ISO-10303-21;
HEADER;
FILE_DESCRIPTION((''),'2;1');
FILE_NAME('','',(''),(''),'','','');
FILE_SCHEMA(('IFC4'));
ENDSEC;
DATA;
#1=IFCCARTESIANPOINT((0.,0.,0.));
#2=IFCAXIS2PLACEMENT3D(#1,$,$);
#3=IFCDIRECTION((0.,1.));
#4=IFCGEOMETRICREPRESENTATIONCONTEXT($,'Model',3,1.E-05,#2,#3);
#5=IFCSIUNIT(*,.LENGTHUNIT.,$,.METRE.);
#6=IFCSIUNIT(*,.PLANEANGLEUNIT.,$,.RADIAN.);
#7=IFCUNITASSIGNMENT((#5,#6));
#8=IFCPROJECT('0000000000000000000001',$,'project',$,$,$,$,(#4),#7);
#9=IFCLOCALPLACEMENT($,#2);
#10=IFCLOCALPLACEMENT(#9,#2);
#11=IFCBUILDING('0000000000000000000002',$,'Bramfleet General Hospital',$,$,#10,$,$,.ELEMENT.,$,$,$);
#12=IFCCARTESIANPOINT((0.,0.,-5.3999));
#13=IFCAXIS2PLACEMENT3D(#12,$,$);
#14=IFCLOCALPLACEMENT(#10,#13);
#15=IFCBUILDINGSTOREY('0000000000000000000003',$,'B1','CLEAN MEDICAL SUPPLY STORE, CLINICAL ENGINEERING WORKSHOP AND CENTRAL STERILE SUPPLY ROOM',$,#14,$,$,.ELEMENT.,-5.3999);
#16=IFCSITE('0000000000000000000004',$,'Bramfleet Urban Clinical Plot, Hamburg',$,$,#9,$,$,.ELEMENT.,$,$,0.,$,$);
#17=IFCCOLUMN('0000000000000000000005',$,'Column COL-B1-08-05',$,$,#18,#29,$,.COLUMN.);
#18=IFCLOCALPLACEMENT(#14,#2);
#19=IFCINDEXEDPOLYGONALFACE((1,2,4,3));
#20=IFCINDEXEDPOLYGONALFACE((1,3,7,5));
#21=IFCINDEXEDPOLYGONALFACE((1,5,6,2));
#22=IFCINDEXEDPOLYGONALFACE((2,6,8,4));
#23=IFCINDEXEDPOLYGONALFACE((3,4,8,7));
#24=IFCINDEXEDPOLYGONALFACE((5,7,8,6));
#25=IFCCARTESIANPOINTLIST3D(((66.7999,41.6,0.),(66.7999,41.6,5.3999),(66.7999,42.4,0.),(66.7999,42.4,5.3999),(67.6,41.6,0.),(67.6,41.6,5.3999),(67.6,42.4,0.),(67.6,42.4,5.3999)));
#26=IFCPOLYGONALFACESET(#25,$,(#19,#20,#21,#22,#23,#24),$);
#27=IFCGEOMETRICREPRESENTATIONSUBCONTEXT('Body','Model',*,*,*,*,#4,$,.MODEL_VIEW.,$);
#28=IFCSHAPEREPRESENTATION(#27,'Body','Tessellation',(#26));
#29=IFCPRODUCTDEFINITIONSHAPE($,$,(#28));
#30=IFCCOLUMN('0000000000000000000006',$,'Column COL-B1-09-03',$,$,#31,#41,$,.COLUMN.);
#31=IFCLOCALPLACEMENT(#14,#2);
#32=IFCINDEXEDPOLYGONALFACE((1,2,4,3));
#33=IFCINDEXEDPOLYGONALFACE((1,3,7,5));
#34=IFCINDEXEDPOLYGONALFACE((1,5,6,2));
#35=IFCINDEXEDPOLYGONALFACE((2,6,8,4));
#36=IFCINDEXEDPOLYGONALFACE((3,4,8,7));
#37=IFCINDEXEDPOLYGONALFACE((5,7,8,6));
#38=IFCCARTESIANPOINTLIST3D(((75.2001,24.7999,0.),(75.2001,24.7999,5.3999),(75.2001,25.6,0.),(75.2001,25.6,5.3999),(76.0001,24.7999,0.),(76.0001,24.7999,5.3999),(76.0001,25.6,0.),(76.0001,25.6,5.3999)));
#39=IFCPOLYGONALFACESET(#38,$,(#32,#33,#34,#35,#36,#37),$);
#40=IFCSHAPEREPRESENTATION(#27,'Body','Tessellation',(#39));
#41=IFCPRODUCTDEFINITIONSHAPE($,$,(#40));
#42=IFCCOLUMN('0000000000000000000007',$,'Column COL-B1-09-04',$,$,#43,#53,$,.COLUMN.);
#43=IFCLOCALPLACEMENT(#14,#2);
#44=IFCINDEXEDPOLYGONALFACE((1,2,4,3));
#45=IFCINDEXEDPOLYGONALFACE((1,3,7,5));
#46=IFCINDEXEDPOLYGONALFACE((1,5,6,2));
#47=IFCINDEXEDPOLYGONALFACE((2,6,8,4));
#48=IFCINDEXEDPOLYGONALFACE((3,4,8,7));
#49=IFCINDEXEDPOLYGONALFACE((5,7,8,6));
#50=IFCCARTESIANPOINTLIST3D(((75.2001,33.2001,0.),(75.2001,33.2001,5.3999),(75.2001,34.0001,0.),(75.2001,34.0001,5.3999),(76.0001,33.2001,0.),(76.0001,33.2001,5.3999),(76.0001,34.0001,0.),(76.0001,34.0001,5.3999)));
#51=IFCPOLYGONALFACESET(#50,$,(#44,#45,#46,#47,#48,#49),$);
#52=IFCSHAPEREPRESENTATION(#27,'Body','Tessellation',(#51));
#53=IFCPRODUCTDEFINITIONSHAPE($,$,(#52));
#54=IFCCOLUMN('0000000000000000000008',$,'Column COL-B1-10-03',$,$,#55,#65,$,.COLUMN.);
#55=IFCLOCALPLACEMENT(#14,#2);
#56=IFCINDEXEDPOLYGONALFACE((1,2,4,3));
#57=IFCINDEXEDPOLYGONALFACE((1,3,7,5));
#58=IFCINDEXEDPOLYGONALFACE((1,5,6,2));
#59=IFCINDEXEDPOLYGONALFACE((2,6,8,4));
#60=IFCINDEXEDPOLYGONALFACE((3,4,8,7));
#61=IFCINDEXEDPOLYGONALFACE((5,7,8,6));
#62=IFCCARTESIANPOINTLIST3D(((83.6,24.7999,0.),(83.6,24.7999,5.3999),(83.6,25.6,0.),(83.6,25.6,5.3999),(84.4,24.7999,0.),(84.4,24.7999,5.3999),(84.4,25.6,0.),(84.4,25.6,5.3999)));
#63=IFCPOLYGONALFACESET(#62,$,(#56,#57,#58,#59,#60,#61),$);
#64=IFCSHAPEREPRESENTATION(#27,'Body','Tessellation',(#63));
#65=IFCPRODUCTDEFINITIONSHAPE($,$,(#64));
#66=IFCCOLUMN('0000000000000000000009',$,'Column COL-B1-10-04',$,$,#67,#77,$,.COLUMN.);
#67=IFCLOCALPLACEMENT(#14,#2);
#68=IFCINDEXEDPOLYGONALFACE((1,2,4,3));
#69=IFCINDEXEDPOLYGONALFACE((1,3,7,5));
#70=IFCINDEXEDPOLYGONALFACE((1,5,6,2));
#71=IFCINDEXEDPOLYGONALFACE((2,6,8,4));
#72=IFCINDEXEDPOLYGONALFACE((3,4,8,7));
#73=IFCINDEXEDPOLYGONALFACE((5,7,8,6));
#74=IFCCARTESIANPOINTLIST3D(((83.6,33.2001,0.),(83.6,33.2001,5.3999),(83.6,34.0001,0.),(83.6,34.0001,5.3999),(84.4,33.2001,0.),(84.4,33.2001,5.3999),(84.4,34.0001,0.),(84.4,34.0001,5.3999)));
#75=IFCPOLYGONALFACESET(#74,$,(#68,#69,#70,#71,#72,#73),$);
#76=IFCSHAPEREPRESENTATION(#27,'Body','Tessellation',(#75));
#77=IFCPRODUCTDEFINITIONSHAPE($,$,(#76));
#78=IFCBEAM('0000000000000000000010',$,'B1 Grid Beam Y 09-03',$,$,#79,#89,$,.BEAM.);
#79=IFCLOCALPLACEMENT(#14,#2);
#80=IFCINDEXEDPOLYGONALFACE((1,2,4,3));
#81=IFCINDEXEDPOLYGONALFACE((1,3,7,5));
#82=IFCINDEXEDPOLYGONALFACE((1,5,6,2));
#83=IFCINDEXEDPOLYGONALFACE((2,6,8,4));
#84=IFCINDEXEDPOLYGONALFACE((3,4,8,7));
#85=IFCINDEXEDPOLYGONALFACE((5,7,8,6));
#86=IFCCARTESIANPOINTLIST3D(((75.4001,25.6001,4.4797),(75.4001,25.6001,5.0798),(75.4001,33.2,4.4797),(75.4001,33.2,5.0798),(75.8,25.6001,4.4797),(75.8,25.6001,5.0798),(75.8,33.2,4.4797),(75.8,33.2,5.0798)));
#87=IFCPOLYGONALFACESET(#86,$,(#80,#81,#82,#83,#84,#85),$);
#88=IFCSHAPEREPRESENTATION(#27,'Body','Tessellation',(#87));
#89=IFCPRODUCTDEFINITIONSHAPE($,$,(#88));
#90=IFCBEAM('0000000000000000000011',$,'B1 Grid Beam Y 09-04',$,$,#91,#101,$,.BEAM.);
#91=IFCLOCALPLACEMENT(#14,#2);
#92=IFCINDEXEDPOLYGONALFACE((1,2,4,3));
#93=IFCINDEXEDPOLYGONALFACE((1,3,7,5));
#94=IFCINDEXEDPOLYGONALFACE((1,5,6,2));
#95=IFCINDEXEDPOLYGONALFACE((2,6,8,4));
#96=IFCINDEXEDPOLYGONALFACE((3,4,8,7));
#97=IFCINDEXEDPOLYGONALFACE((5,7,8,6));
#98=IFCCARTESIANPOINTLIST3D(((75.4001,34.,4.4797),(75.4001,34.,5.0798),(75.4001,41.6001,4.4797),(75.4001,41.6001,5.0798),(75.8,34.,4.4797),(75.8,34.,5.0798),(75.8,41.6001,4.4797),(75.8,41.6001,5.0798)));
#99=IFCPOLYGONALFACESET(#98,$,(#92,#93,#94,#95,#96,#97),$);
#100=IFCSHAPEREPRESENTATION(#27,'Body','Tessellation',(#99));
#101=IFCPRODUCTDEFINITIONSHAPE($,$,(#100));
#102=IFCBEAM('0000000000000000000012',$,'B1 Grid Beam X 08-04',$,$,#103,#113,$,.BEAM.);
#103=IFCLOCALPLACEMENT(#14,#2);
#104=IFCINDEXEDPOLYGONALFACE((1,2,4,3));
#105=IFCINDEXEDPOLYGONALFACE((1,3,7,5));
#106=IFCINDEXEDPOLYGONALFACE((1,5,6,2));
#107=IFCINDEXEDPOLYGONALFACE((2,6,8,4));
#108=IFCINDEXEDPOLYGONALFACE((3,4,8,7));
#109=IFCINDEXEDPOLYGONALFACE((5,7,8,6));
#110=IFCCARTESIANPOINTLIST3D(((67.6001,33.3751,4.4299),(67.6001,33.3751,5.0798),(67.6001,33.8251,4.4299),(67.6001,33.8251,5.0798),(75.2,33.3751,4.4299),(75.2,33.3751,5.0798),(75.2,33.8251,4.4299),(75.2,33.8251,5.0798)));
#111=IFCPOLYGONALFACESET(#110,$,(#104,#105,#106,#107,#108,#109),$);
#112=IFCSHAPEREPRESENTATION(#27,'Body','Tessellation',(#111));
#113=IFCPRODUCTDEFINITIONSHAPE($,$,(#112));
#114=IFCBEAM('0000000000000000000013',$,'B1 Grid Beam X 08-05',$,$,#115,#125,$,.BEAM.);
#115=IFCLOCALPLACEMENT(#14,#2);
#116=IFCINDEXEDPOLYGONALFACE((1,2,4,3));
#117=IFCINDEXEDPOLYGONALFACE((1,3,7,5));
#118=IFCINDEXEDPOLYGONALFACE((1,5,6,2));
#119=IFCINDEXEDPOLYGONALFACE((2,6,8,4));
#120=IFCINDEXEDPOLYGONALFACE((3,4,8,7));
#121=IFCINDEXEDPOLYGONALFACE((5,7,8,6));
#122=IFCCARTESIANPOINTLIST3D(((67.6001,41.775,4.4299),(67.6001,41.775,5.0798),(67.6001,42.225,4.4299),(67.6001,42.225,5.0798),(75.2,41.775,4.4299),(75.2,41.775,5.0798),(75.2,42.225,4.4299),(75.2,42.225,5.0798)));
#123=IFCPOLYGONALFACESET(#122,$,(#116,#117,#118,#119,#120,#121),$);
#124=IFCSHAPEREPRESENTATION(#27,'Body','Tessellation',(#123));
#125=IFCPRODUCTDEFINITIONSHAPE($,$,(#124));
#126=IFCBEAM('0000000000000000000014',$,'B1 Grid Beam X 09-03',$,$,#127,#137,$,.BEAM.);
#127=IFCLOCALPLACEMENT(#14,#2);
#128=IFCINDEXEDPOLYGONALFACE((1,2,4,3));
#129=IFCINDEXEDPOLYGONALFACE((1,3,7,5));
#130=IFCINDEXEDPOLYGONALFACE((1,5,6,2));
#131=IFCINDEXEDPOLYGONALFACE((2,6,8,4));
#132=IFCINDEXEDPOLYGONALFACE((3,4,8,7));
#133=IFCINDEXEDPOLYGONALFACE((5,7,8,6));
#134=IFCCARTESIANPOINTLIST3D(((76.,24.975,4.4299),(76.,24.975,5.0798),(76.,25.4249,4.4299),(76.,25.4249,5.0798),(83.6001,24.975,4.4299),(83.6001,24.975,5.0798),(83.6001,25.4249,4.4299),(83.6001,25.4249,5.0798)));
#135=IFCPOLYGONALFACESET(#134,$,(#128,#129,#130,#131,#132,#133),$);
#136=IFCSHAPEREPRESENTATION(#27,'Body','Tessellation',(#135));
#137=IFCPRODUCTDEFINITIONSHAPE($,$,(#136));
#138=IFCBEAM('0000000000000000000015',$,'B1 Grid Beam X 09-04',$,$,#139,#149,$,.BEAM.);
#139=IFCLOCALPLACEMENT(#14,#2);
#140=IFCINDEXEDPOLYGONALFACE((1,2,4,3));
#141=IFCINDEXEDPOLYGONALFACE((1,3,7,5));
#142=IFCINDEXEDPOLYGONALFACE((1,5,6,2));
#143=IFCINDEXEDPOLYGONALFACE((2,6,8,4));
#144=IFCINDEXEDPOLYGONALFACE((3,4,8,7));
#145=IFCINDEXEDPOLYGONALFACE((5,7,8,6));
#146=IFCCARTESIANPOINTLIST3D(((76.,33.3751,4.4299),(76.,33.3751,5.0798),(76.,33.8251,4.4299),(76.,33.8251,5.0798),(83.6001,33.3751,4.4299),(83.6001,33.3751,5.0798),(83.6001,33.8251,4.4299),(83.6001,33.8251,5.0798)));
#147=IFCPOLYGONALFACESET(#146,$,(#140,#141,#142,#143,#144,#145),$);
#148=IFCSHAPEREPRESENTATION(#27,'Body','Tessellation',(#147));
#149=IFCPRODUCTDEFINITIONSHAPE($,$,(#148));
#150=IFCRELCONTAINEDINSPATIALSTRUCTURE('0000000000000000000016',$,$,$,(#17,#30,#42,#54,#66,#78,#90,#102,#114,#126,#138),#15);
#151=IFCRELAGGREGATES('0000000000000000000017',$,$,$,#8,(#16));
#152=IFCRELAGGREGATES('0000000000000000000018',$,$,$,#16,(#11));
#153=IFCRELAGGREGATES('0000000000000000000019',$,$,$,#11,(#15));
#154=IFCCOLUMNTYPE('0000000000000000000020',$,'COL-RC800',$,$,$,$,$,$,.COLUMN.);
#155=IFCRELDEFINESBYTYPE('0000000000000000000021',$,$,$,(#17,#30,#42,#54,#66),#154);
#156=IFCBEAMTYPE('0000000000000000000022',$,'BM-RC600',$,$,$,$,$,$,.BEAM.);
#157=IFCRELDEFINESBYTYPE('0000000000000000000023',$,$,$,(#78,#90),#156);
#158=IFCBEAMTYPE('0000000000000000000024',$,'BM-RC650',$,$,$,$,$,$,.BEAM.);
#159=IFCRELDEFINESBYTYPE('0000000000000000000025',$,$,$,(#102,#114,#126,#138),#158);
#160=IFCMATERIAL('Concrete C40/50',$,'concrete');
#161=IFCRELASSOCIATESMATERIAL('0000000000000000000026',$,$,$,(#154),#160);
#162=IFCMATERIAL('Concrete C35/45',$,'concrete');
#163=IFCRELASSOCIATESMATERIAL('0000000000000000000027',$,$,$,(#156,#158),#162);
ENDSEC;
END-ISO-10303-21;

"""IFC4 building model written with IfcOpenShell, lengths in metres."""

from ifc_helpers import new_model, si_unit, direction, frame, origin, origin_2d, place, context, subcontext, project, spatial, rectangle, extrude, material, material_profile, profile_set, type_object, element, save


model = new_model("IFC4")

# Units and contexts
model_context = context("Model", 3, precision=1e-05, world=origin(), true_north=direction((0.0, 1.0)))
body_context = subcontext(model_context, "Body", "Model", "MODEL_VIEW")
ifc_project = project(units=[si_unit("LENGTHUNIT", "METRE"), si_unit("PLANEANGLEUNIT", "RADIAN")], contexts=[model_context])

# Site, building, storey
site_placement = place(None, origin())
site = spatial("IfcSite", under=ifc_project, at=site_placement, Name="Bramfleet Urban Clinical Plot, Hamburg", CompositionType="ELEMENT", RefElevation=0.0)
building_placement = place(site_placement, origin())
building = spatial("IfcBuilding", under=site, at=building_placement, Name="Bramfleet General Hospital", CompositionType="ELEMENT")
storey_placement = place(building_placement, frame((0.0, 0.0, -5.3999)))
storey = spatial("IfcBuildingStorey", under=building, at=storey_placement, Name="B1", Description="CLEAN MEDICAL SUPPLY STORE, CLINICAL ENGINEERING WORKSHOP AND CENTRAL STERILE SUPPLY ROOM", CompositionType="ELEMENT", Elevation=-5.3999)

# Shared definitions
ifc_material_1 = material(Name="Concrete C35/45", Category="concrete")

# Columns
ifc_material_2 = material(Name="Concrete C40/50", Category="concrete")
ifc_material_profile_1 = material_profile(ifc_material_2, rectangle(XDim=0.8, YDim=0.8, at=origin_2d()), Name="RC COL 800x800")
ifc_profile_set_1 = profile_set([ifc_material_profile_1], Name="Concrete C40/50")
column_type = type_object("IfcColumnType", Name="COL-RC800", PredefinedType="COLUMN", material=ifc_profile_set_1)
for number, where, z_axis, x_axis, name in (
    (1, (67.2, 42.0, 0.0), (0.0, 0.0, 1.0), (1.0, 0.0, 0.0), "Column COL-B1-08-05"),
    (2, (75.6001, 25.2, 0.0), (0.0, 0.0, 1.0), (1.0, 0.0, 0.0), "Column COL-B1-09-03"),
    (3, (75.6001, 33.6001, 0.0), (0.0, 0.0, 1.0), (1.0, 0.0, 0.0), "Column COL-B1-09-04"),
    (4, (84.0, 25.2, 0.0), (0.0, 0.0, 1.0), (1.0, 0.0, 0.0), "Column COL-B1-10-03"),
    (5, (84.0, 33.6001, 0.0), (0.0, 0.0, 1.0), (1.0, 0.0, 0.0), "Column COL-B1-10-04"),
):
    element("IfcColumn", number, at=place(storey_placement, frame(where, z_axis=z_axis, x_axis=x_axis)), inside=storey, type_object=column_type, Name=name, PredefinedType="COLUMN", context=body_context, shape_type="SweptSolid", body=[
        extrude(rectangle(XDim=0.8, YDim=0.8, at=origin_2d()), origin(), (0.0, 0.0, 1.0), 5.3999),
    ])

# Beams
ifc_material_profile_2 = material_profile(ifc_material_1, rectangle(XDim=0.3999, YDim=0.6001, at=origin_2d()), Name="RC BM 600x400")
ifc_profile_set_2 = profile_set([ifc_material_profile_2], Name="Concrete C35/45")
beam_type_1 = type_object("IfcBeamType", Name="BM-RC600", PredefinedType="BEAM", material=ifc_profile_set_2)
beam_1_placement = place(storey_placement, frame((75.6001, 25.6001, 4.7798), z_axis=(0.0, 1.0, 0.0), x_axis=(-1.0, 0.0, 0.0)))
element("IfcBeam", 6, at=beam_1_placement, inside=storey, type_object=beam_type_1, Name="B1 Grid Beam Y 09-03", PredefinedType="BEAM", context=body_context, shape_type="SweptSolid", body=[
    extrude(rectangle(XDim=0.3999, YDim=0.6001, at=origin_2d()), origin(), (0.0, 0.0, 1.0), 7.5999),
])
beam_2_placement = place(storey_placement, frame((75.6001, 34.0, 4.7798), z_axis=(0.0, 1.0, 0.0), x_axis=(-1.0, 0.0, 0.0)))
element("IfcBeam", 7, at=beam_2_placement, inside=storey, type_object=beam_type_1, Name="B1 Grid Beam Y 09-04", PredefinedType="BEAM", context=body_context, shape_type="SweptSolid", body=[
    extrude(rectangle(XDim=0.3999, YDim=0.6001, at=origin_2d()), origin(), (0.0, 0.0, 1.0), 7.6001),
])
ifc_material_profile_3 = material_profile(ifc_material_1, rectangle(XDim=0.45, YDim=0.6499, at=origin_2d()), Name="RC BM 650x450")
ifc_profile_set_3 = profile_set([ifc_material_profile_3], Name="Concrete C35/45")
beam_type_2 = type_object("IfcBeamType", Name="BM-RC650", PredefinedType="BEAM", material=ifc_profile_set_3)
for number, where, z_axis, x_axis, name in (
    (8, (67.6001, 33.6001, 4.7549), (1.0, 0.0, 0.0), (0.0, 1.0, 0.0), "B1 Grid Beam X 08-04"),
    (9, (67.6001, 42.0, 4.7549), (1.0, 0.0, 0.0), (0.0, 1.0, 0.0), "B1 Grid Beam X 08-05"),
):
    element("IfcBeam", number, at=place(storey_placement, frame(where, z_axis=z_axis, x_axis=x_axis)), inside=storey, type_object=beam_type_2, Name=name, PredefinedType="BEAM", context=body_context, shape_type="SweptSolid", body=[
        extrude(rectangle(XDim=0.45, YDim=0.6499, at=origin_2d()), origin(), (0.0, 0.0, 1.0), 7.5999),
    ])
for number, where, z_axis, x_axis, name in (
    (10, (76.0, 25.2, 4.7549), (1.0, 0.0, 0.0), (0.0, 1.0, 0.0), "B1 Grid Beam X 09-03"),
    (11, (76.0, 33.6001, 4.7549), (1.0, 0.0, 0.0), (0.0, 1.0, 0.0), "B1 Grid Beam X 09-04"),
):
    element("IfcBeam", number, at=place(storey_placement, frame(where, z_axis=z_axis, x_axis=x_axis)), inside=storey, type_object=beam_type_2, Name=name, PredefinedType="BEAM", context=body_context, shape_type="SweptSolid", body=[
        extrude(rectangle(XDim=0.45, YDim=0.6499, at=origin_2d()), origin(), (0.0, 0.0, 1.0), 7.6001),
    ])

save(model, "model.ifc")
